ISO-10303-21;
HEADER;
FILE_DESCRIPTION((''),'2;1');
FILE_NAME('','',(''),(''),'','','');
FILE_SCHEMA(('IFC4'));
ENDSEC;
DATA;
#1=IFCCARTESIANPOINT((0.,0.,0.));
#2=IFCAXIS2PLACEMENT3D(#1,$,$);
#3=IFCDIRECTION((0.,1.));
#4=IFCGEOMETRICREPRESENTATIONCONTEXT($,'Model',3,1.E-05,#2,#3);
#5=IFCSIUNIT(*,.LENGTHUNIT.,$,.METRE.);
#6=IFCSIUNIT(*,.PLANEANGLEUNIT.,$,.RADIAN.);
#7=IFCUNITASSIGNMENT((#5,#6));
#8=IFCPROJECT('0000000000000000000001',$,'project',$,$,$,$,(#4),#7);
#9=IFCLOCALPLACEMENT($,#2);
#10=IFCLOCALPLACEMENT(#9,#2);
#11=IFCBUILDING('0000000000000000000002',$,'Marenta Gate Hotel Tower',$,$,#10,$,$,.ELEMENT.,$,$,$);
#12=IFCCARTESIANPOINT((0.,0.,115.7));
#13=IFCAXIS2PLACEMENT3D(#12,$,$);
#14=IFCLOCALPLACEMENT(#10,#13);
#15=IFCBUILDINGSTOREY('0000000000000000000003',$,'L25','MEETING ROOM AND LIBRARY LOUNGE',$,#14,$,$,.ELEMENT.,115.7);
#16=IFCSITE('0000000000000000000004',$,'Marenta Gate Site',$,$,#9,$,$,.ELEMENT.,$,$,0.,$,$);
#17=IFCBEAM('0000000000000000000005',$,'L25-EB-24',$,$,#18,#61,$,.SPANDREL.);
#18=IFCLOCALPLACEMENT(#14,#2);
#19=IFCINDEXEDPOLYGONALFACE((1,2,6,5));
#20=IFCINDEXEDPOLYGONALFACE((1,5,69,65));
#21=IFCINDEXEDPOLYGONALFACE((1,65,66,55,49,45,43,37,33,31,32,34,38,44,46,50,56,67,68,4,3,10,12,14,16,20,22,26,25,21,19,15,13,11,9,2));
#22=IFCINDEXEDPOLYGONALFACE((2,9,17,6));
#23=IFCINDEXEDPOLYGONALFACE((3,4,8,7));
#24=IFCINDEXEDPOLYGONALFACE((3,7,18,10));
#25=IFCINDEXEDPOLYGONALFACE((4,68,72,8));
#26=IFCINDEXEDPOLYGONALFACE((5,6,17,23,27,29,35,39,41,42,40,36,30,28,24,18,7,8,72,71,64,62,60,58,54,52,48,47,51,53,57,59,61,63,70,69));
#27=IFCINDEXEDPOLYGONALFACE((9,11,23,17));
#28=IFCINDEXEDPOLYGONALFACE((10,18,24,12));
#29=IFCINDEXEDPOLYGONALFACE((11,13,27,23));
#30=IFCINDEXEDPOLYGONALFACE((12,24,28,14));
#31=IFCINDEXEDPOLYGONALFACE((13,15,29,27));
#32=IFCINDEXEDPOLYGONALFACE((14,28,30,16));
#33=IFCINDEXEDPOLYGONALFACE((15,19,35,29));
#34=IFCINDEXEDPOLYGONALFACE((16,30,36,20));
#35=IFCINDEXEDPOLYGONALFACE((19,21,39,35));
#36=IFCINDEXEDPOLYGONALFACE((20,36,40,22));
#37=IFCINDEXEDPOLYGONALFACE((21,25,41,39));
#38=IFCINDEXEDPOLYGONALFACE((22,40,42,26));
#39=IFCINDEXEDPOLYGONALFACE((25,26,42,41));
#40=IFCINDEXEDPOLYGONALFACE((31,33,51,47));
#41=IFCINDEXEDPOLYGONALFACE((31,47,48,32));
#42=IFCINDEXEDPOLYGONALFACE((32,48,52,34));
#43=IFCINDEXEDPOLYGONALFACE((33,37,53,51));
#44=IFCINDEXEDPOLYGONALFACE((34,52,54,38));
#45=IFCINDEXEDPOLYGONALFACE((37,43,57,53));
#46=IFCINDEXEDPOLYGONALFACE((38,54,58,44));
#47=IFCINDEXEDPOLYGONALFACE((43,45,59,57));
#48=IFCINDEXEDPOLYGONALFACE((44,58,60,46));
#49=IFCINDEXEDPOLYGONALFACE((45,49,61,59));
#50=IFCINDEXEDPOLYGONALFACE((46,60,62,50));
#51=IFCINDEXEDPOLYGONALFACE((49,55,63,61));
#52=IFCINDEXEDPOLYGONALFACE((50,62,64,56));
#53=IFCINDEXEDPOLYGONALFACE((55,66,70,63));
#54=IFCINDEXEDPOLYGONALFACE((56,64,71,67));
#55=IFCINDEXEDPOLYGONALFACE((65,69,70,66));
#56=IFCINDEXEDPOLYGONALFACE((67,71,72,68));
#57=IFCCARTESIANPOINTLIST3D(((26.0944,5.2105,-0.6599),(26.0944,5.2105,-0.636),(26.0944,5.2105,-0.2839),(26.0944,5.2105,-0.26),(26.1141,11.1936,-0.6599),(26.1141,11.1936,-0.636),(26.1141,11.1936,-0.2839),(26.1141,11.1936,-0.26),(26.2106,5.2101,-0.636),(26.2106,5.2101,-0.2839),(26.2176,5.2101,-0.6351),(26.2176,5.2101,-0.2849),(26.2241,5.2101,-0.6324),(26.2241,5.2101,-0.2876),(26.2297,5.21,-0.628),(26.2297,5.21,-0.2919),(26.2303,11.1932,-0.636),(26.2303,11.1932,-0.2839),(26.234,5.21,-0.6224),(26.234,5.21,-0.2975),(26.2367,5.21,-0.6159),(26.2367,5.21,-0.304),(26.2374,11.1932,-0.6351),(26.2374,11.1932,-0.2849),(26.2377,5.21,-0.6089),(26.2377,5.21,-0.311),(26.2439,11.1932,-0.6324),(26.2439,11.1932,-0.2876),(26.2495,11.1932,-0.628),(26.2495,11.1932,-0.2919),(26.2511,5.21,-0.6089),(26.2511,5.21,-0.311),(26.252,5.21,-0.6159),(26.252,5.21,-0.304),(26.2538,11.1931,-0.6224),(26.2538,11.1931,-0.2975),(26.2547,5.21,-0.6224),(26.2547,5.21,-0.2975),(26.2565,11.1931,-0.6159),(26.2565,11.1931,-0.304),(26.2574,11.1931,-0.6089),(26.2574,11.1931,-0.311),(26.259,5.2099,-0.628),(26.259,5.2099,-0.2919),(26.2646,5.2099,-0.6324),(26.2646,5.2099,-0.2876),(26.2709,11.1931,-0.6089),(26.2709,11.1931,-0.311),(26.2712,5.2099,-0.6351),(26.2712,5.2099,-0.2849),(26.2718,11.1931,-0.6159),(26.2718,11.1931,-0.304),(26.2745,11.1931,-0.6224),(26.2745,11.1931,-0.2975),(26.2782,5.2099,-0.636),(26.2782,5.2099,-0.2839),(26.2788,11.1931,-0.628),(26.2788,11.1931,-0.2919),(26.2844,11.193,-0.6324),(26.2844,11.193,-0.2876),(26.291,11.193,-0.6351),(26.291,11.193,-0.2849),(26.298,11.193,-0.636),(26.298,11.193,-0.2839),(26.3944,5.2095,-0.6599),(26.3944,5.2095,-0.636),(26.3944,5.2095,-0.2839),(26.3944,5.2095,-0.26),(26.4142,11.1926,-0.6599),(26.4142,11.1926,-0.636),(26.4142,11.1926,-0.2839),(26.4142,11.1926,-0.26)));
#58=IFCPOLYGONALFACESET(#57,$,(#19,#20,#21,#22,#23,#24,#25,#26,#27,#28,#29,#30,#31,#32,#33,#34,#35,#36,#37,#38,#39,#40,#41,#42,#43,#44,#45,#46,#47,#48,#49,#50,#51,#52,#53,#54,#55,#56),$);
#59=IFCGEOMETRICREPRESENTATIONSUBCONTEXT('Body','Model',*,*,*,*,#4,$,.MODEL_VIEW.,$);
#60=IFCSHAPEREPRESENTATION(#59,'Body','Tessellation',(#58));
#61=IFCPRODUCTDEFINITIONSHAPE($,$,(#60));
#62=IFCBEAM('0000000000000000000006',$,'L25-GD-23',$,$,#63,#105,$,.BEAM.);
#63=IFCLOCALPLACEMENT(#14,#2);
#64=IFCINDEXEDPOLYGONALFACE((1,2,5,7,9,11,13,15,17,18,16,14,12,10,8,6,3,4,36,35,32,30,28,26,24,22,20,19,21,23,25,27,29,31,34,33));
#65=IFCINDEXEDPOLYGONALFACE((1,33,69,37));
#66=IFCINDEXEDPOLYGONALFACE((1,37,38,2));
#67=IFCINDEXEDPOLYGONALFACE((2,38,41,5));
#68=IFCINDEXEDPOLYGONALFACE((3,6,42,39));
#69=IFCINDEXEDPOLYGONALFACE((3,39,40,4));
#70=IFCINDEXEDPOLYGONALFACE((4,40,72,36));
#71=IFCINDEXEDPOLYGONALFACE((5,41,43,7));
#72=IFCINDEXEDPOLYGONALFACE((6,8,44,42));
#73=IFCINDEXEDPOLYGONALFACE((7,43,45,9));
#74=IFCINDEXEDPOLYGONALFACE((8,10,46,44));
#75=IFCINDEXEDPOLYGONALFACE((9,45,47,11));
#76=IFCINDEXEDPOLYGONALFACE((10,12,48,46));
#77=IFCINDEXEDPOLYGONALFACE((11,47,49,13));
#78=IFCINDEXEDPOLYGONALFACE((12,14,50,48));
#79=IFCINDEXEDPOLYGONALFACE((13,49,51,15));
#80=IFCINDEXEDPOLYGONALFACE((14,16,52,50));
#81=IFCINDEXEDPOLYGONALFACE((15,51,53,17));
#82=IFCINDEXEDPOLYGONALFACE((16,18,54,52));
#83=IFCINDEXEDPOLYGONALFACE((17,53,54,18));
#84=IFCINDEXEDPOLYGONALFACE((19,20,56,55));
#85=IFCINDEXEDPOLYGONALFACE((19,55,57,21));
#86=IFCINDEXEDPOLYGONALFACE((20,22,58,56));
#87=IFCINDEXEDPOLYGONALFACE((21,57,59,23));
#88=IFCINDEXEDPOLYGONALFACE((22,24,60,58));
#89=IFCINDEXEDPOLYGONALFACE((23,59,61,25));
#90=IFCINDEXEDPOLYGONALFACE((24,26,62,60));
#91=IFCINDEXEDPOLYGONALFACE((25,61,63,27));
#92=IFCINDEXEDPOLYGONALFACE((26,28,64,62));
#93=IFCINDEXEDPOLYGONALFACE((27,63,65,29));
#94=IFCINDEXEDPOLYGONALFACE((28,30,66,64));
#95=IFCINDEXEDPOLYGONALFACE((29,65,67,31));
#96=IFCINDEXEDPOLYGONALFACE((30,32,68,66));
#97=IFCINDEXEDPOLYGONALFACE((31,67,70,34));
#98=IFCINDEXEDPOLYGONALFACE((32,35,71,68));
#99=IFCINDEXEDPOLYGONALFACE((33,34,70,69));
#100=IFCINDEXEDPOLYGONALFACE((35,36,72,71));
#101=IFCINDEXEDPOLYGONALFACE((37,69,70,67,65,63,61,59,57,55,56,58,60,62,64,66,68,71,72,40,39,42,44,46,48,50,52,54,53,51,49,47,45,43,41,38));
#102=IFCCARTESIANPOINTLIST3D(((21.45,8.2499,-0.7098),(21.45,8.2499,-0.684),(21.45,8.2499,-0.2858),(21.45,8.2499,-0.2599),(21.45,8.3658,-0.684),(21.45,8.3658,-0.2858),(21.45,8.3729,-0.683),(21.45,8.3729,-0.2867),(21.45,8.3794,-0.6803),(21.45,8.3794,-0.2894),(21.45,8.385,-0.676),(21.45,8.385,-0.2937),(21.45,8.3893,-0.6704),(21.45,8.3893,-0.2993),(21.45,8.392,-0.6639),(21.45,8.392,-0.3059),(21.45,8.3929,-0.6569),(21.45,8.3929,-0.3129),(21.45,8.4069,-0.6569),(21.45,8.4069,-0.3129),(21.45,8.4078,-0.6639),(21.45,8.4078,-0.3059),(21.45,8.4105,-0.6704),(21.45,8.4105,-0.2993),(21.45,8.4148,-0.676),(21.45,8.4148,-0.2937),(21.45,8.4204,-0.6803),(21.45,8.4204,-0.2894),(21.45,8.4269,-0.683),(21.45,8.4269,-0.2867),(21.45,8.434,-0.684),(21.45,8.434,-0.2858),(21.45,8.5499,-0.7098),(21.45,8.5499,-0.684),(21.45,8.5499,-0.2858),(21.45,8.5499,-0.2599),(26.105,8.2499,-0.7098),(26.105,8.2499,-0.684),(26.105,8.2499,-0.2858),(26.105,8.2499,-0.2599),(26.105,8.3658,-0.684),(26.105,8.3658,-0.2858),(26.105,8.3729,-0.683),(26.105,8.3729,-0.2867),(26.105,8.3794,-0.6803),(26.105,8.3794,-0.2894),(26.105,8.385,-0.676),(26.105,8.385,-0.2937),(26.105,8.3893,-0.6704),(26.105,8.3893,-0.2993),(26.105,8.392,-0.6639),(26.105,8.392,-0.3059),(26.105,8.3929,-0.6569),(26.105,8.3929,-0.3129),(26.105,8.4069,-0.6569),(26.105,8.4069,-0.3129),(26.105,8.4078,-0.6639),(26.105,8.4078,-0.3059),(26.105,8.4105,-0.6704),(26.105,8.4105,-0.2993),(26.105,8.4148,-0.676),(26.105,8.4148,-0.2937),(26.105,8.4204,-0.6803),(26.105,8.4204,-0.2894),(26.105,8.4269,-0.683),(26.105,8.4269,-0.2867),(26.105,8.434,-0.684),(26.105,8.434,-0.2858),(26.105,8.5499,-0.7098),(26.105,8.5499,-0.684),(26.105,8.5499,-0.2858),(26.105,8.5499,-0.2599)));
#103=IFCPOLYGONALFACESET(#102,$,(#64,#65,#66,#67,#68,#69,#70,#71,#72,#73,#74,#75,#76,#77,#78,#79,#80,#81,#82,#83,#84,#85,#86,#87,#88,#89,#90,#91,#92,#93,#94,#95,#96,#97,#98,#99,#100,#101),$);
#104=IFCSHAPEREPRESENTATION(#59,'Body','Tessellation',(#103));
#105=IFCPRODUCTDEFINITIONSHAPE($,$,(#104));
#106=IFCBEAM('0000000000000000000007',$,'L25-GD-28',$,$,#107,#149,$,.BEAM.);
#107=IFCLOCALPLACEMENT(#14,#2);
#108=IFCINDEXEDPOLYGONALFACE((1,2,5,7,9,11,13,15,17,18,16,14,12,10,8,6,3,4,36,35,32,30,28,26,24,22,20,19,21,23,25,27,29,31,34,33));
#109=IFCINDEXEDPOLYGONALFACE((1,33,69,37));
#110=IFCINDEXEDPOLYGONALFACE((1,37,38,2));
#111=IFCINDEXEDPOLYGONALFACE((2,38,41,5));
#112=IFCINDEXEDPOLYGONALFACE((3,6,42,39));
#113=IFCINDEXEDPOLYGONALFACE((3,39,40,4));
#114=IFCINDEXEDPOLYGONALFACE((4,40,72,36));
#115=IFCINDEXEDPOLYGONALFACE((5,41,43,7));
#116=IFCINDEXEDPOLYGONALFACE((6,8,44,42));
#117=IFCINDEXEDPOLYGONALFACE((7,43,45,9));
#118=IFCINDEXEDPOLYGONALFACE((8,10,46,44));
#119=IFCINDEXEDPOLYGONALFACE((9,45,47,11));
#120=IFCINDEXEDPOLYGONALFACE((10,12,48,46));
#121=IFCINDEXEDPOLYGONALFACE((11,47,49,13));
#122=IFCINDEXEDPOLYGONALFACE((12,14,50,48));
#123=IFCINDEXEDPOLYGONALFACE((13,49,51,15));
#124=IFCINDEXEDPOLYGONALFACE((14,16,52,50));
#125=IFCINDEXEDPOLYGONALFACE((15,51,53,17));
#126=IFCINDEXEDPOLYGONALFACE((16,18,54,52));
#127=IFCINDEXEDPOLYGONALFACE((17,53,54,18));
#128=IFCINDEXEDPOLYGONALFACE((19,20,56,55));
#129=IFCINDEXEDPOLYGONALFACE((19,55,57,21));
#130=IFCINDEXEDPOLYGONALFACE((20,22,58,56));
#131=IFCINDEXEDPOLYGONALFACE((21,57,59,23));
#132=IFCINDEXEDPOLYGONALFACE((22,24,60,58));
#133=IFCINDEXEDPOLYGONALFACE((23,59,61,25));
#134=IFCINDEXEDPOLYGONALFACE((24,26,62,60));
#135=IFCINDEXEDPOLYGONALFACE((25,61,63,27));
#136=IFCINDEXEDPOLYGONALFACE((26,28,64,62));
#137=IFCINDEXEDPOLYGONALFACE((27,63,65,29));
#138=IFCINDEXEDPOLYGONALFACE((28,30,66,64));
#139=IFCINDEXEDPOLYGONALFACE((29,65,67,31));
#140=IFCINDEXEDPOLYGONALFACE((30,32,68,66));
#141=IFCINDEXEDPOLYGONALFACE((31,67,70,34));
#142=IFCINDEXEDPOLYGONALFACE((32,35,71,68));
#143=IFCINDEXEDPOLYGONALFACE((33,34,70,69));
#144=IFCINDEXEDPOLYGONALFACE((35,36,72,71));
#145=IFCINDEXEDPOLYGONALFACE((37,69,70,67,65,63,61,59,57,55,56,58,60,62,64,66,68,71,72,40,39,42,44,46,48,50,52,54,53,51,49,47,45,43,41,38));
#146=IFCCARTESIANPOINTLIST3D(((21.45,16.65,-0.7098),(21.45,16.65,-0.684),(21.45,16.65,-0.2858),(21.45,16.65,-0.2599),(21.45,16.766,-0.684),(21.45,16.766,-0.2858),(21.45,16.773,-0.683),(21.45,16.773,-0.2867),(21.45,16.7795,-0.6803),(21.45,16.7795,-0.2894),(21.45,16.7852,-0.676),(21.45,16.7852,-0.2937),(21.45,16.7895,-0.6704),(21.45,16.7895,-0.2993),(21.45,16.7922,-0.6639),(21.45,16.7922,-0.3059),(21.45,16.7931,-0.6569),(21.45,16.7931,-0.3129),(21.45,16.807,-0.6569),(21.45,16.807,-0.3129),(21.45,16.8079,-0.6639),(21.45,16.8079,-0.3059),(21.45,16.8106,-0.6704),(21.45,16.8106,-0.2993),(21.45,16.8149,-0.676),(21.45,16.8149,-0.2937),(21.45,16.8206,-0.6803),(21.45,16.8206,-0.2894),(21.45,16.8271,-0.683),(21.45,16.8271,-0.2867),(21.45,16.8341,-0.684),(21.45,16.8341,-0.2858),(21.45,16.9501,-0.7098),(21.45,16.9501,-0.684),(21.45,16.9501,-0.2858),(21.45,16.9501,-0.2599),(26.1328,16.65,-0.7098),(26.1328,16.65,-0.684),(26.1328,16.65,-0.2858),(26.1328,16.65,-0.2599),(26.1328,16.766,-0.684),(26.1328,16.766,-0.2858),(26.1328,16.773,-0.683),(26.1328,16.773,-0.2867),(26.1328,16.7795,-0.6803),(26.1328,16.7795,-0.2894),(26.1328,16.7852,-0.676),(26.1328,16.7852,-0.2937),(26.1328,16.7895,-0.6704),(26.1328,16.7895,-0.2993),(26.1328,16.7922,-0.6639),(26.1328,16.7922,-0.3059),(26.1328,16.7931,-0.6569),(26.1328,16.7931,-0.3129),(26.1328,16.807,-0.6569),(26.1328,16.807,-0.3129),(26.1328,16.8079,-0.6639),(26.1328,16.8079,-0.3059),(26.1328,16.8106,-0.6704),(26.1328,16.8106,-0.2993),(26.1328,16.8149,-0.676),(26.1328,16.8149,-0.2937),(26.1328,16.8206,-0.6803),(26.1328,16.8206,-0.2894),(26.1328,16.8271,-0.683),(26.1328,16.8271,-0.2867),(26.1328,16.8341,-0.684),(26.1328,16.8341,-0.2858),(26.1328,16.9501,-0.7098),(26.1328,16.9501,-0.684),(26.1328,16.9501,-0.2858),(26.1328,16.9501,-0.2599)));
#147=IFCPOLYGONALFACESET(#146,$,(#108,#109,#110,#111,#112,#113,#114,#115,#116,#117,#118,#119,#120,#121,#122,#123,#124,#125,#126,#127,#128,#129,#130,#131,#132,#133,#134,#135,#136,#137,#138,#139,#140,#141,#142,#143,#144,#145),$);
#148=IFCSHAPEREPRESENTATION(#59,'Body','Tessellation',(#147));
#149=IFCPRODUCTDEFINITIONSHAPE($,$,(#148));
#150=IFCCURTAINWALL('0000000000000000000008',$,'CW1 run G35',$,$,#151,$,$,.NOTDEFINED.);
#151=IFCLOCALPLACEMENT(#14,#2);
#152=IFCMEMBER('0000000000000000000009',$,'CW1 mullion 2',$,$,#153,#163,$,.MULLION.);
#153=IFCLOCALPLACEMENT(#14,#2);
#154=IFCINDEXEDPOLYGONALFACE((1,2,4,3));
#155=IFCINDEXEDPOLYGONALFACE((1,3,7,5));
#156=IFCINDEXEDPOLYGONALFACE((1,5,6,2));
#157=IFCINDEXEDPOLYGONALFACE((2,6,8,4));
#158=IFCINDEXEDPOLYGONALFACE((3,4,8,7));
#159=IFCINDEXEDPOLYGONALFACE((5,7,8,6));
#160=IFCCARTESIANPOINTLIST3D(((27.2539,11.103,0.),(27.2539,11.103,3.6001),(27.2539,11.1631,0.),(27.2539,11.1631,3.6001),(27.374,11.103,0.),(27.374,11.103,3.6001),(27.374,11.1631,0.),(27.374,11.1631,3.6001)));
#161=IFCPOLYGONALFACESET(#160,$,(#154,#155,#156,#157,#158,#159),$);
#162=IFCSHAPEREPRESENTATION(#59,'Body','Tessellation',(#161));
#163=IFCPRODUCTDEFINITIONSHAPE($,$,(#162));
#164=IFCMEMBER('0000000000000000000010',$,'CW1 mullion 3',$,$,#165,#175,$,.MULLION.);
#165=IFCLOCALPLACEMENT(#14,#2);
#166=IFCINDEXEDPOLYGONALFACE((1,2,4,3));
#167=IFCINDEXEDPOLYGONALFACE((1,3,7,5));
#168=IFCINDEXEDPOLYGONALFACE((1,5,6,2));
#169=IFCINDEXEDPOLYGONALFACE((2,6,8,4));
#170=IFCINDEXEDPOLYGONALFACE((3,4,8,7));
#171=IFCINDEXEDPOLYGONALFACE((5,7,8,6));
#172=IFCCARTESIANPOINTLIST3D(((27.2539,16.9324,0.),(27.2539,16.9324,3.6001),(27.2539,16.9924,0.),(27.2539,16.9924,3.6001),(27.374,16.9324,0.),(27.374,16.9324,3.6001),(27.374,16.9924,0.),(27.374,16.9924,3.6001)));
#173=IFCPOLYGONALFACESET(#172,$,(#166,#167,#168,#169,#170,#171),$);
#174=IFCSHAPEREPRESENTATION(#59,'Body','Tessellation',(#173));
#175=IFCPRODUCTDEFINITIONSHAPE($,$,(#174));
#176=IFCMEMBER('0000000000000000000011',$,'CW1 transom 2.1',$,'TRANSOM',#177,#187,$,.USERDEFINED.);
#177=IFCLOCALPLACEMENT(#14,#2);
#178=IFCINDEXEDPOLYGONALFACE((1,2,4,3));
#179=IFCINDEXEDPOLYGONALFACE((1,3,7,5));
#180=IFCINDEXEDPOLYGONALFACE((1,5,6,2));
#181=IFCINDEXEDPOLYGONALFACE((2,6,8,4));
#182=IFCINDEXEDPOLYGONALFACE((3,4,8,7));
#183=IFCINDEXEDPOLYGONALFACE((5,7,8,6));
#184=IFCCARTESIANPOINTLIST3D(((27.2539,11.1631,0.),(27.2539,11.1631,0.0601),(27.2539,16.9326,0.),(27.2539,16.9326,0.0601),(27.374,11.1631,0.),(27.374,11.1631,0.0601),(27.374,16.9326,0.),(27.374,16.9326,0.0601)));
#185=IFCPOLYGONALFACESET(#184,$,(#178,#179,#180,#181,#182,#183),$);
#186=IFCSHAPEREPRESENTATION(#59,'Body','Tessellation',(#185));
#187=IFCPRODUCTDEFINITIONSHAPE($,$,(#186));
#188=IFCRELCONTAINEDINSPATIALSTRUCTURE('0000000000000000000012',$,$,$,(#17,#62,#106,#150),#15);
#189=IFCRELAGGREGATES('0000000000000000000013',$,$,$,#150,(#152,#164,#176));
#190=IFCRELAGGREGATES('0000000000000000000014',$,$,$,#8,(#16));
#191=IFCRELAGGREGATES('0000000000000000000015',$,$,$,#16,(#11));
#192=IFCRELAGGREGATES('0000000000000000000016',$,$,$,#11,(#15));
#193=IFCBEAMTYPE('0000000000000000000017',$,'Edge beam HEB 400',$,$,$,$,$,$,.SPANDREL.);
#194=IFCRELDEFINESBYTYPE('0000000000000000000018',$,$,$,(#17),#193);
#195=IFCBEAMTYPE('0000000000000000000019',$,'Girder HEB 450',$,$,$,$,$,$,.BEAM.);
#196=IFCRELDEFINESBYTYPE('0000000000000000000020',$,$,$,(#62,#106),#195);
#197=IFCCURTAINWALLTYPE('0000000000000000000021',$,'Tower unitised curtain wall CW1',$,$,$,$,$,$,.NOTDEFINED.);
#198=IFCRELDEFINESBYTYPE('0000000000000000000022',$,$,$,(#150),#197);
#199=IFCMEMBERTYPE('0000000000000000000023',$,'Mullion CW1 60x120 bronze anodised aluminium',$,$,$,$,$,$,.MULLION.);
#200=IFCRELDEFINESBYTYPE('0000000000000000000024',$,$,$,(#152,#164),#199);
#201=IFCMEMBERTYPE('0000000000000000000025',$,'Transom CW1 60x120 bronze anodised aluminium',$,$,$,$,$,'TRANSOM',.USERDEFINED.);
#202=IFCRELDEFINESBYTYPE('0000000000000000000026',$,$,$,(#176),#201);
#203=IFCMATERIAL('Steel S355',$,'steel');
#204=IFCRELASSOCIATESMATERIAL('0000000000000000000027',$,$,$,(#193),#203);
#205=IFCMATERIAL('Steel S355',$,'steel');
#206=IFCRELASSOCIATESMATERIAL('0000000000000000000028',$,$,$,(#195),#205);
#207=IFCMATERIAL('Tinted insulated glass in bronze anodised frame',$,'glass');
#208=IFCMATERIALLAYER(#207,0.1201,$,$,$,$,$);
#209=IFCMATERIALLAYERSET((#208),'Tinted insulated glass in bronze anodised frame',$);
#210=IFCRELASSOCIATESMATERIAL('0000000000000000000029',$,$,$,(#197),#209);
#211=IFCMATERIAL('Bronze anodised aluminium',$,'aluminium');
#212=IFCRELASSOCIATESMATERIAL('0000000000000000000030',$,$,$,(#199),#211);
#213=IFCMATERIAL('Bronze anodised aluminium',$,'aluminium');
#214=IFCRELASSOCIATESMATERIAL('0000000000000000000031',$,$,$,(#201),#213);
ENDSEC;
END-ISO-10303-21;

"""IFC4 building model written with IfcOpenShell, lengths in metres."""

from ifc_helpers import new_model, si_unit, direction, frame, origin, origin_2d, place, context, subcontext, project, spatial, rectangle, i_section, extrude, material, layer, layer_set, material_profile, profile_set, type_object, element, aggregate, save


model = new_model("IFC4")

# Units and contexts
model_context = context("Model", 3, precision=1e-05, world=origin(), true_north=direction((0.0, 1.0)))
body_context = subcontext(model_context, "Body", "Model", "MODEL_VIEW")
ifc_project = project(units=[si_unit("LENGTHUNIT", "METRE"), si_unit("PLANEANGLEUNIT", "RADIAN")], contexts=[model_context])

# Site, building, storey
site_placement = place(None, origin())
site = spatial("IfcSite", under=ifc_project, at=site_placement, Name="Marenta Gate Site", CompositionType="ELEMENT", RefElevation=0.0)
building_placement = place(site_placement, origin())
building = spatial("IfcBuilding", under=site, at=building_placement, Name="Marenta Gate Hotel Tower", CompositionType="ELEMENT")
storey_placement = place(building_placement, frame((0.0, 0.0, 115.7)))
storey = spatial("IfcBuildingStorey", under=building, at=storey_placement, Name="L25", Description="MEETING ROOM AND LIBRARY LOUNGE", CompositionType="ELEMENT", Elevation=115.7)

# Beams
ifc_material_1 = material(Name="Steel S355", Category="steel")
ifc_material_profile_1 = material_profile(ifc_material_1, i_section(OverallWidth=0.3, OverallDepth=0.3999, WebThickness=0.0134, FlangeThickness=0.0239, FilletRadius=0.0271, at=origin_2d()), Name="HEB 400")
ifc_profile_set_1 = profile_set([ifc_material_profile_1], Name="Steel S355")
beam_type_1 = type_object("IfcBeamType", Name="Edge beam HEB 400", PredefinedType="SPANDREL", material=ifc_profile_set_1)
beam_1_placement = place(storey_placement, frame((26.2642, 11.1931, -0.46), z_axis=(-0.003305, -0.999995, 0.0), x_axis=(0.999995, -0.003305, 0.0)))
element("IfcBeam", 1, at=beam_1_placement, inside=storey, type_object=beam_type_1, Name="L25-EB-24", PredefinedType="SPANDREL", context=body_context, shape_type="SweptSolid", body=[
    extrude(i_section(OverallWidth=0.3, OverallDepth=0.3999, WebThickness=0.0134, FlangeThickness=0.0239, FilletRadius=0.0271, at=origin_2d()), origin(), (0.0, 0.0, 1.0), 5.9832),
])
ifc_material_2 = material(Name="Steel S355", Category="steel")
ifc_material_profile_2 = material_profile(ifc_material_2, i_section(OverallWidth=0.3, OverallDepth=0.45, WebThickness=0.0139, FlangeThickness=0.0259, FilletRadius=0.0271, at=origin_2d()), Name="HEB 450")
ifc_profile_set_2 = profile_set([ifc_material_profile_2], Name="Steel S355")
beam_type_2 = type_object("IfcBeamType", Name="Girder HEB 450", PredefinedType="BEAM", material=ifc_profile_set_2)
beam_2_placement = place(storey_placement, frame((21.45, 8.3999, -0.4849), z_axis=(1.0, 0.0, 0.0), x_axis=(0.0, 1.0, 0.0)))
element("IfcBeam", 2, at=beam_2_placement, inside=storey, type_object=beam_type_2, Name="L25-GD-23", PredefinedType="BEAM", context=body_context, shape_type="SweptSolid", body=[
    extrude(i_section(OverallWidth=0.3, OverallDepth=0.45, WebThickness=0.0139, FlangeThickness=0.0259, FilletRadius=0.0271, at=origin_2d()), origin(), (0.0, 0.0, 1.0), 4.655),
])
beam_3_placement = place(storey_placement, frame((21.45, 16.8, -0.4849), z_axis=(1.0, 0.0, 0.0), x_axis=(0.0, 1.0, 0.0)))
element("IfcBeam", 3, at=beam_3_placement, inside=storey, type_object=beam_type_2, Name="L25-GD-28", PredefinedType="BEAM", context=body_context, shape_type="SweptSolid", body=[
    extrude(i_section(OverallWidth=0.3, OverallDepth=0.45, WebThickness=0.0139, FlangeThickness=0.0259, FilletRadius=0.0271, at=origin_2d()), origin(), (0.0, 0.0, 1.0), 4.6829),
])

# Curtain wall, members
ifc_material_3 = material(Name="Tinted insulated glass in bronze anodised frame", Category="glass")
ifc_layer_1 = layer(ifc_material_3, 0.1201)
ifc_layer_set_1 = layer_set([ifc_layer_1], Name="Tinted insulated glass in bronze anodised frame")
curtain_wall_type = type_object("IfcCurtainWallType", Name="Tower unitised curtain wall CW1", PredefinedType="NOTDEFINED", material=ifc_layer_set_1)
curtain_wall_placement = place(storey_placement, origin())
curtain_wall = element("IfcCurtainWall", 4, at=curtain_wall_placement, inside=storey, type_object=curtain_wall_type, Name="CW1 run G35", PredefinedType="NOTDEFINED")
ifc_material_4 = material(Name="Bronze anodised aluminium", Category="aluminium")
ifc_material_profile_3 = material_profile(ifc_material_4, rectangle(XDim=0.1201, YDim=0.0601, at=origin_2d()), Name="Mullion CW1 60x120 bronze anodised aluminium")
ifc_profile_set_3 = profile_set([ifc_material_profile_3], Name="Bronze anodised aluminium")
member_type_1 = type_object("IfcMemberType", Name="Mullion CW1 60x120 bronze anodised aluminium", PredefinedType="MULLION", material=ifc_profile_set_3)
member_1_placement = place(storey_placement, frame((27.314, 11.1331, 0.0), z_axis=(0.0, 0.0, 1.0), x_axis=(-1.0, 0.0, 0.0)))
member_1 = element("IfcMember", 5, at=member_1_placement, type_object=member_type_1, Name="CW1 mullion 2", PredefinedType="MULLION", context=body_context, shape_type="SweptSolid", body=[
    extrude(rectangle(XDim=0.1201, YDim=0.0601, at=origin_2d()), origin(), (0.0, 0.0, 1.0), 3.6001),
])
member_2_placement = place(storey_placement, frame((27.314, 16.9624, 0.0), z_axis=(0.0, 0.0, 1.0), x_axis=(-1.0, 0.0, 0.0)))
member_2 = element("IfcMember", 6, at=member_2_placement, type_object=member_type_1, Name="CW1 mullion 3", PredefinedType="MULLION", context=body_context, shape_type="SweptSolid", body=[
    extrude(rectangle(XDim=0.1201, YDim=0.0601, at=origin_2d()), origin(), (0.0, 0.0, 1.0), 3.6001),
])
ifc_material_5 = material(Name="Bronze anodised aluminium", Category="aluminium")
ifc_material_profile_4 = material_profile(ifc_material_5, rectangle(XDim=0.1201, YDim=0.0601, at=origin_2d()), Name="Transom CW1 60x120 bronze anodised aluminium")
ifc_profile_set_4 = profile_set([ifc_material_profile_4], Name="Bronze anodised aluminium")
member_type_2 = type_object("IfcMemberType", Name="Transom CW1 60x120 bronze anodised aluminium", ElementType="TRANSOM", PredefinedType="USERDEFINED", material=ifc_profile_set_4)
member_3_placement = place(storey_placement, frame((27.314, 11.1631, 0.03), z_axis=(0.0, 1.0, 0.0), x_axis=(-1.0, 0.0, 0.0)))
member_3 = element("IfcMember", 7, at=member_3_placement, type_object=member_type_2, Name="CW1 transom 2.1", ObjectType="TRANSOM", PredefinedType="USERDEFINED", context=body_context, shape_type="SweptSolid", body=[
    extrude(rectangle(XDim=0.1201, YDim=0.0601, at=origin_2d()), origin(), (0.0, 0.0, 1.0), 5.7695),
])
aggregate(curtain_wall, [member_1, member_2, member_3])

save(model, "model.ifc")
